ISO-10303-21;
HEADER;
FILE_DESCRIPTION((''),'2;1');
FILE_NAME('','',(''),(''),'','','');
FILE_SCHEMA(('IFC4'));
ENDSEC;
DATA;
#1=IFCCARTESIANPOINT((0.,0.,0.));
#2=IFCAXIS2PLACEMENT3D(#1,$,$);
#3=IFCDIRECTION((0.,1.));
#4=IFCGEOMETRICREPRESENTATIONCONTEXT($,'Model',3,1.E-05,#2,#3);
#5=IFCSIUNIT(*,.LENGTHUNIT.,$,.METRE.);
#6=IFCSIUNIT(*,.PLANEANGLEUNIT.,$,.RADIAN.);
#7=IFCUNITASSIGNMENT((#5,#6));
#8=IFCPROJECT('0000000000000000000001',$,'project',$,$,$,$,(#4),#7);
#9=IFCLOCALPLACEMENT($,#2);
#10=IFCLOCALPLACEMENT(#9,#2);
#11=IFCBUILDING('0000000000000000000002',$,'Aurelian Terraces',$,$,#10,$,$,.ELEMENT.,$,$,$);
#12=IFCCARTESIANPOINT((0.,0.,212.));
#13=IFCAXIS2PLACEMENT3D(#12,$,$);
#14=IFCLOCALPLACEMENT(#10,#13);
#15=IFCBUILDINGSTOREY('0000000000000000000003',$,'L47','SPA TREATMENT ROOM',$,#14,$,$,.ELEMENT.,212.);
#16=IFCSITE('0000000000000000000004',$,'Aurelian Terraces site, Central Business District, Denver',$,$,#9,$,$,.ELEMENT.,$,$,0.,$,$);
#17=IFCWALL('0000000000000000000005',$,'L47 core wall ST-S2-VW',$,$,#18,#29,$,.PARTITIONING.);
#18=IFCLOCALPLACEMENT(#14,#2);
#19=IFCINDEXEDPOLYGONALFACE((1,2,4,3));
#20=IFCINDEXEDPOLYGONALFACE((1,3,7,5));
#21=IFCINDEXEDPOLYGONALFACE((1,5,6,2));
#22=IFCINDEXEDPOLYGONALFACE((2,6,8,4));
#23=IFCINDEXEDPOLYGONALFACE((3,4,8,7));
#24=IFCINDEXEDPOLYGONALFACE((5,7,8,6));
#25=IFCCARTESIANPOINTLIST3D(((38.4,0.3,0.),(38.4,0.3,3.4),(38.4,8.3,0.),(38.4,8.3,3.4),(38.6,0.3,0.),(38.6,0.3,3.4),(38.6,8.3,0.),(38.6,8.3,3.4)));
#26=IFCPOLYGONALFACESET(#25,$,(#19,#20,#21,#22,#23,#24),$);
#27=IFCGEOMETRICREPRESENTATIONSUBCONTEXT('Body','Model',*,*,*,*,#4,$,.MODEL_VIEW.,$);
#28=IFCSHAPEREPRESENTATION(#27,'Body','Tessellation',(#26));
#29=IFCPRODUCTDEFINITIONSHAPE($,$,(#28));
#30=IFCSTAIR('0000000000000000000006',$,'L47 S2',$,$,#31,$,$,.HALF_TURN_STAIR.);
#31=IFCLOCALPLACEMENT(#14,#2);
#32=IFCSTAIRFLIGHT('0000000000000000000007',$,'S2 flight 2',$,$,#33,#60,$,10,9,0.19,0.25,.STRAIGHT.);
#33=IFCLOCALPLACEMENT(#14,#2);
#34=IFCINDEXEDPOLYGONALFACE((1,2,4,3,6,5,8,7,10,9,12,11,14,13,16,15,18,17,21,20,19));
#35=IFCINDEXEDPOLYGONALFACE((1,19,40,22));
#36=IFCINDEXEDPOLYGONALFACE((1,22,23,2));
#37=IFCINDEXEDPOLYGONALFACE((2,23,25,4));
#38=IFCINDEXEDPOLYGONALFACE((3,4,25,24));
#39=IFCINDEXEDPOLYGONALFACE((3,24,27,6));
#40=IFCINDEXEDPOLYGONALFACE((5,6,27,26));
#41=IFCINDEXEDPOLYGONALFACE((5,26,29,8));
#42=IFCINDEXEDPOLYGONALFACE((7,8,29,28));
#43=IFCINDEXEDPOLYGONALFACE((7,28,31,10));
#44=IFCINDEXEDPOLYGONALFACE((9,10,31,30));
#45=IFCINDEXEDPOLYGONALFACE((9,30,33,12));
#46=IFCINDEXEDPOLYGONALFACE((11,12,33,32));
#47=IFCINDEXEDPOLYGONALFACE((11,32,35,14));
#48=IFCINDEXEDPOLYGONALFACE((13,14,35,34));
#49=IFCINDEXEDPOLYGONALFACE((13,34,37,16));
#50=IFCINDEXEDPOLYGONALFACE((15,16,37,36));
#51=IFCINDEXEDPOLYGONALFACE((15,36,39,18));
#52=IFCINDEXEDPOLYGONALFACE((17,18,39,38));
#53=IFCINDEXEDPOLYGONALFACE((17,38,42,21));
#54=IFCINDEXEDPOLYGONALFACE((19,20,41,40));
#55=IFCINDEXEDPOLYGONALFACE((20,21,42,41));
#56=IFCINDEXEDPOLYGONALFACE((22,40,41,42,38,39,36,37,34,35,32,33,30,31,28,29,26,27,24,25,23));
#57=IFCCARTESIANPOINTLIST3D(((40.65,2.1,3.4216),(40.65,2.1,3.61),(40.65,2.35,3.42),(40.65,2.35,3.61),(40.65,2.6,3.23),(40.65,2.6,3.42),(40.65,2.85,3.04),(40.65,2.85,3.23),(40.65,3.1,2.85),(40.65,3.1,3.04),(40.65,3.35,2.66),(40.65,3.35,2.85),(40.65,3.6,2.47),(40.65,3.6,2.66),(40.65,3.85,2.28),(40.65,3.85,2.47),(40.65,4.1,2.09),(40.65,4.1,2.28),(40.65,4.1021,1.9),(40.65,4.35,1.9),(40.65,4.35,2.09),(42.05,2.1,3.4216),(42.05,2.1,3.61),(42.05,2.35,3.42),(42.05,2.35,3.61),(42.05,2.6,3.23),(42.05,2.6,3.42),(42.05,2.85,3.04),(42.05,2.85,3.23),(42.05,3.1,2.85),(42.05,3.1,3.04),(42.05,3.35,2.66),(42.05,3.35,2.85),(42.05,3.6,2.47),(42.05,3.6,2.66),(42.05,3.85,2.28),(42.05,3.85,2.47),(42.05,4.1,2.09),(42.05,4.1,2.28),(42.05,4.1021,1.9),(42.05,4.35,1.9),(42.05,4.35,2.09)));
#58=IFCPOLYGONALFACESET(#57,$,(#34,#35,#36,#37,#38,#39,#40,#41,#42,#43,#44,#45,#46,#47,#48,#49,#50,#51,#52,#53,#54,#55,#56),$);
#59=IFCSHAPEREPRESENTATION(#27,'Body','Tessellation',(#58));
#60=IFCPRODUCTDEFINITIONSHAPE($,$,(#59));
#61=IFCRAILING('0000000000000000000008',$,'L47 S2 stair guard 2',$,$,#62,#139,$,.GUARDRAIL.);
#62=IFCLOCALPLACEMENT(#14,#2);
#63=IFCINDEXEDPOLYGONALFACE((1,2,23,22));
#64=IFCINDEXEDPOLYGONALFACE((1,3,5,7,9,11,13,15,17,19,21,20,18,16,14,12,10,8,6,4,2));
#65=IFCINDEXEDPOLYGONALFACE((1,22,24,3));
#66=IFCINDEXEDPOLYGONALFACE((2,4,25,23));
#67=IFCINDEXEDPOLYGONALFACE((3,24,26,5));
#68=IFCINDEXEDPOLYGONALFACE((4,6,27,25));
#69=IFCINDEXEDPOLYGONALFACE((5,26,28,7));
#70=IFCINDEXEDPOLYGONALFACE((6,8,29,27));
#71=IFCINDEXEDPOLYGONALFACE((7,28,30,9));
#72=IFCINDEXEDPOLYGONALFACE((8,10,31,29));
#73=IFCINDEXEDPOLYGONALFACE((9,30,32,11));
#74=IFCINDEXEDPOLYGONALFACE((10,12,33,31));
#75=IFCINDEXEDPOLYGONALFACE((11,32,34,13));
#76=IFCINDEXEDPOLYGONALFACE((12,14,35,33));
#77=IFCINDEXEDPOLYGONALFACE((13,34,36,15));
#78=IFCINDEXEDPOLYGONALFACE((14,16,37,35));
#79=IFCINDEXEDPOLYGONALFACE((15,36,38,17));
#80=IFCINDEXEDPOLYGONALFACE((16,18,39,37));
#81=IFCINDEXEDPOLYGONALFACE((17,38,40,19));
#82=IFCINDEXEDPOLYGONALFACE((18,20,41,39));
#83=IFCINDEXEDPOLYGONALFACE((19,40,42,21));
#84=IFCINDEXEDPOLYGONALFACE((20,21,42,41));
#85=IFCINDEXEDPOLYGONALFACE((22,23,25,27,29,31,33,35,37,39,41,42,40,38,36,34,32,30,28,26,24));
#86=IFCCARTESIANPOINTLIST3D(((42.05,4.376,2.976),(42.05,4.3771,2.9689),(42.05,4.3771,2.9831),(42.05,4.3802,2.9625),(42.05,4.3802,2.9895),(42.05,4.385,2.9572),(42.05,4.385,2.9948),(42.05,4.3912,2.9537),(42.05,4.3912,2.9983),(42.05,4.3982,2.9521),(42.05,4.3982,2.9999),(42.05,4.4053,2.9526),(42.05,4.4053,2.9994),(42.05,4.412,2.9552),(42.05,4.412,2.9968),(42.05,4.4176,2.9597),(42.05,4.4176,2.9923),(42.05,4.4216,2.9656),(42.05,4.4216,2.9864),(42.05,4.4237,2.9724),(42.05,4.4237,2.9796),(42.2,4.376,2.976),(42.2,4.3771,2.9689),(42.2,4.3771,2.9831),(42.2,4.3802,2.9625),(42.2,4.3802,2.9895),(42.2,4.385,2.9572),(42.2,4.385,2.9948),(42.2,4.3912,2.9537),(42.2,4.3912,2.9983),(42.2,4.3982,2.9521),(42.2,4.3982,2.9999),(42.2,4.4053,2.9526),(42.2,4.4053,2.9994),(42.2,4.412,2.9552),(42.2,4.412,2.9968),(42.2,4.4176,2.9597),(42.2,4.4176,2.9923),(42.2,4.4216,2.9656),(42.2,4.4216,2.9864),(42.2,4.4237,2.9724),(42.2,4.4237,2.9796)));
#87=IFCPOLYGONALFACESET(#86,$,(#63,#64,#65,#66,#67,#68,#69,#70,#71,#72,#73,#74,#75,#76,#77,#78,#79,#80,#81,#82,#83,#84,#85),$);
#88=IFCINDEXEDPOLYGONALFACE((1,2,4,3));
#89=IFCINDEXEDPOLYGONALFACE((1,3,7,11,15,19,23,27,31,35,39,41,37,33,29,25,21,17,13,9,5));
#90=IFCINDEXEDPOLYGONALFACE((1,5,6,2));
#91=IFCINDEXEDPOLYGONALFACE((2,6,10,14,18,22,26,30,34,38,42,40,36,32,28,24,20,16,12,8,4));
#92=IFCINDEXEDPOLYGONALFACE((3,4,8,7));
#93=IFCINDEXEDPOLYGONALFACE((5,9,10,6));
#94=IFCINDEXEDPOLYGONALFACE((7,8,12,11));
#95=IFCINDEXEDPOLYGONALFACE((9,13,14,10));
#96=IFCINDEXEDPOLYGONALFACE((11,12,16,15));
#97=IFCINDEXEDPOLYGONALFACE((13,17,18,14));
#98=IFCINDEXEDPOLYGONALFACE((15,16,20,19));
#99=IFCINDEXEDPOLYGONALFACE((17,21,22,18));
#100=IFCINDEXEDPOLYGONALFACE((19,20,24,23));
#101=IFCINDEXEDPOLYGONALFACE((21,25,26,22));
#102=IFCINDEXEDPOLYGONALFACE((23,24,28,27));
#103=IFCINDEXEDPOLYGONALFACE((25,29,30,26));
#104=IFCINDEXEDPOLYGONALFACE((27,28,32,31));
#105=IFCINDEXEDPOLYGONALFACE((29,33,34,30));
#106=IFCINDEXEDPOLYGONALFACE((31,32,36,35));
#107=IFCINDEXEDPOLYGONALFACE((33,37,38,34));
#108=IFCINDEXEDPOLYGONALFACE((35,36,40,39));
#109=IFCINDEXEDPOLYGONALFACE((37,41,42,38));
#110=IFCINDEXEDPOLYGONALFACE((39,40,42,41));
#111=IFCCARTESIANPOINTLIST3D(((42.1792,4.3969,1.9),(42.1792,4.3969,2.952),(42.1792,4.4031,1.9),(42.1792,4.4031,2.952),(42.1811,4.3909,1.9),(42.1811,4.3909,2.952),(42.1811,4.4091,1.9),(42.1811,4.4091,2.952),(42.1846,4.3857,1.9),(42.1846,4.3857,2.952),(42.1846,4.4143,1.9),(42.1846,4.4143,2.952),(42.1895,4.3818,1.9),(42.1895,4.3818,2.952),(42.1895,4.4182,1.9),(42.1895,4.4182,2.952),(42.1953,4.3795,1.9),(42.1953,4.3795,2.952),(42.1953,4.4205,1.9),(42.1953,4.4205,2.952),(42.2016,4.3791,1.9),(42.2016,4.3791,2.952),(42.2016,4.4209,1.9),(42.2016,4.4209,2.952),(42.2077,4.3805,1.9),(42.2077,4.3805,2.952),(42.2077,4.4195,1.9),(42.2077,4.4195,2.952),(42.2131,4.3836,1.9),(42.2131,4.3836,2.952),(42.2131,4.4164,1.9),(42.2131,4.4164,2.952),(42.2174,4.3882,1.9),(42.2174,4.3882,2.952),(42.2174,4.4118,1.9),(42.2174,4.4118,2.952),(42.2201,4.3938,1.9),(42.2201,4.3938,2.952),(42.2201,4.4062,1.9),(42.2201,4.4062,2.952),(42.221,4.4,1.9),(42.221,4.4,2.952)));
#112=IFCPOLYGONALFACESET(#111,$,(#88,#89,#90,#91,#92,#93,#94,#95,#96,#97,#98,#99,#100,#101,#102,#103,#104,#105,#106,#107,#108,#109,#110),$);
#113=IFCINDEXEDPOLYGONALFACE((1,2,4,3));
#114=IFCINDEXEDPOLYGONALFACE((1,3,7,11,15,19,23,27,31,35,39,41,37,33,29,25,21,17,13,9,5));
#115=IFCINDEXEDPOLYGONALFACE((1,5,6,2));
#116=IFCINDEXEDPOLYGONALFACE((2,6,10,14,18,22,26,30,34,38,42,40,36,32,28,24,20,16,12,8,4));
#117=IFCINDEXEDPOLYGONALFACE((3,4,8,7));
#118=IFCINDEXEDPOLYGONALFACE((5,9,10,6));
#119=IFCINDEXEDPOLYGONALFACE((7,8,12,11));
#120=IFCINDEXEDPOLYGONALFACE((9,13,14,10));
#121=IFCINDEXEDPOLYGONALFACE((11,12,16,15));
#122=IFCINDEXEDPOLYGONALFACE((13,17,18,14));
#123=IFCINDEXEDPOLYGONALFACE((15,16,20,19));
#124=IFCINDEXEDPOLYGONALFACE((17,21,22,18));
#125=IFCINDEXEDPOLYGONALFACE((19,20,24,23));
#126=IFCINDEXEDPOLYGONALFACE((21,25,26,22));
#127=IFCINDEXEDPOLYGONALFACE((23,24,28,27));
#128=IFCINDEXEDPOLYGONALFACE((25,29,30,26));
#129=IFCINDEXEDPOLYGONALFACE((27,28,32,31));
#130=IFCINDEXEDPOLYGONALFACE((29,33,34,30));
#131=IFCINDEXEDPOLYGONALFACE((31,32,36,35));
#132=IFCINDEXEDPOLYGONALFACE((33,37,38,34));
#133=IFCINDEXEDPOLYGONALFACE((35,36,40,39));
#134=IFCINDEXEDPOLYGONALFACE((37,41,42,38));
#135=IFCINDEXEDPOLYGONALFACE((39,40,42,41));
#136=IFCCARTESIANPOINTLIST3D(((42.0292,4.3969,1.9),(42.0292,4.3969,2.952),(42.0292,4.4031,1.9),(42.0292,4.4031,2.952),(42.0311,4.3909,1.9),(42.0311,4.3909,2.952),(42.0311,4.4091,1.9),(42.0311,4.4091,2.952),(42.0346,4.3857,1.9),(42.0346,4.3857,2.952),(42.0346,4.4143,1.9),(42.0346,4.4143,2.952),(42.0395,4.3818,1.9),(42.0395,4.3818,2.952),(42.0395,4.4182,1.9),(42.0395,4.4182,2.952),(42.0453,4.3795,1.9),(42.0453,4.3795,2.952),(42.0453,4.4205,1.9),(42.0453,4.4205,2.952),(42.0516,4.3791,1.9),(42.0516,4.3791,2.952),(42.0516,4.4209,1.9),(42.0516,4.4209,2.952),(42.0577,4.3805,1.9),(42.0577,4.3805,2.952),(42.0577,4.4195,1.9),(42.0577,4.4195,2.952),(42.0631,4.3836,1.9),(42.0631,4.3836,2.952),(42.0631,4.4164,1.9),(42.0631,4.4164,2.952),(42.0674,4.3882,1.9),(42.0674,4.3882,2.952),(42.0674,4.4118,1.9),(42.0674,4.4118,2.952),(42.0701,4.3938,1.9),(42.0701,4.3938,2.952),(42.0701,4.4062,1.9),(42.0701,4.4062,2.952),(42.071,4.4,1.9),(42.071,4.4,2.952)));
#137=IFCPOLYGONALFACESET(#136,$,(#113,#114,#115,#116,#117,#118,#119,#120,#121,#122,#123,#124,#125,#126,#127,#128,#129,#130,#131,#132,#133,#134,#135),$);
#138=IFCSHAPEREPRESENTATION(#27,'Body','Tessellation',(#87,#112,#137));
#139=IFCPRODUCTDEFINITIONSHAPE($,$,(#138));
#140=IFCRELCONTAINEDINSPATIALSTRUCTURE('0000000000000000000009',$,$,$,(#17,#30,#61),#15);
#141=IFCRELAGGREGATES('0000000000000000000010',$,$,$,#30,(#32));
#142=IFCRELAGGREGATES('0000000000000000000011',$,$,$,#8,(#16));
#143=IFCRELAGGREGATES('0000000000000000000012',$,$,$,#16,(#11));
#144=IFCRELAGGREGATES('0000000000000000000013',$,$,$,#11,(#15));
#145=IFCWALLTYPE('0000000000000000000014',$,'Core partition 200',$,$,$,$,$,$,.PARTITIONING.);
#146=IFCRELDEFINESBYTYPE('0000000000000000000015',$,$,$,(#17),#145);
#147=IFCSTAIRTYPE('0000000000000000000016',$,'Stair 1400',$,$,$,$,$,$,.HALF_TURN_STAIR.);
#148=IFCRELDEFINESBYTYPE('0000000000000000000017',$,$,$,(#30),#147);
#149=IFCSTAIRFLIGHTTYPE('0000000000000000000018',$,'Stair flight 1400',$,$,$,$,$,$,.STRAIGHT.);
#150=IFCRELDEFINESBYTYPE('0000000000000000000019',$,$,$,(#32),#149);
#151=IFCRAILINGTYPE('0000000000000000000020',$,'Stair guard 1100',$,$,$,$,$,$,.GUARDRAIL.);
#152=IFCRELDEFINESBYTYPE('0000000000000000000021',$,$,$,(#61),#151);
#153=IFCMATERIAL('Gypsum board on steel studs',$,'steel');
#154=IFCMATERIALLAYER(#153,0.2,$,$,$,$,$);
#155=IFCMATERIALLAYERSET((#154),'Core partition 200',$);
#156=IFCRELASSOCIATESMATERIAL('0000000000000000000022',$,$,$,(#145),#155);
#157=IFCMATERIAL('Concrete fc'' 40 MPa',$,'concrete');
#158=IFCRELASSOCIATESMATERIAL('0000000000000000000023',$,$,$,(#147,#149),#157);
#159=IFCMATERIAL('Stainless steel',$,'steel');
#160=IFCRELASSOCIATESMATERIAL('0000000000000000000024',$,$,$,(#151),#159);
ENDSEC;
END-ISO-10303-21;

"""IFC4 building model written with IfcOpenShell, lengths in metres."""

from ifc_helpers import new_model, si_unit, direction, frame, frame_2d, origin, origin_2d, place, context, subcontext, project, spatial, polyline, rectangle, circle, outline, extrude, source, transform, mapped, material, layer, layer_set, type_object, element, aggregate, save


model = new_model("IFC4")

# Units and contexts
model_context = context("Model", 3, precision=1e-05, world=origin(), true_north=direction((0.0, 1.0)))
body_context = subcontext(model_context, "Body", "Model", "MODEL_VIEW")
ifc_project = project(units=[si_unit("LENGTHUNIT", "METRE"), si_unit("PLANEANGLEUNIT", "RADIAN")], contexts=[model_context])

# Site, building, storey
site_placement = place(None, origin())
site = spatial("IfcSite", under=ifc_project, at=site_placement, Name="Aurelian Terraces site, Central Business District, Denver", CompositionType="ELEMENT", RefElevation=0.0)
building_placement = place(site_placement, origin())
building = spatial("IfcBuilding", under=site, at=building_placement, Name="Aurelian Terraces", CompositionType="ELEMENT")
storey_placement = place(building_placement, frame((0.0, 0.0, 212.0)))
storey = spatial("IfcBuildingStorey", under=building, at=storey_placement, Name="L47", Description="SPA TREATMENT ROOM", CompositionType="ELEMENT", Elevation=212.0)

# Shared definitions
ifc_material_1 = material(Name="Concrete fc' 40 MPa", Category="concrete")

# Shared definitions
ifc_material_2 = material(Name="Gypsum board on steel studs", Category="steel")
ifc_layer_1 = layer(ifc_material_2, 0.2)
ifc_layer_set_1 = layer_set([ifc_layer_1], Name="Core partition 200")
wall_type_1 = type_object("IfcWallType", Name="Core partition 200", PredefinedType="PARTITIONING", material=ifc_layer_set_1)

# Wall
shared_shape_1 = source(origin(), body_context, "Body", "SweptSolid", [
    extrude(rectangle(XDim=8.0, YDim=0.2, at=frame_2d((4.0, 0.0))), origin(), (0.0, 0.0, 1.0), 3.4),
])
wall_1_placement = place(storey_placement, frame((38.5, 0.3, 0.0), z_axis=(0.0, 0.0, 1.0), x_axis=(0.0, 1.0, 0.0)))
element("IfcWall", 1, at=wall_1_placement, inside=storey, type_object=wall_type_1, Name="L47 core wall ST-S2-VW", PredefinedType="PARTITIONING", context=body_context, shape_type="MappedRepresentation", body=[
    mapped(shared_shape_1, transform((0.0, 0.0, 0.0), scale=1.0)),
])

# Stair, stair flight
stair_type = type_object("IfcStairType", Name="Stair 1400", PredefinedType="HALF_TURN_STAIR", material=ifc_material_1)
stair_placement = place(storey_placement, origin())
stair = element("IfcStair", 2, at=stair_placement, inside=storey, type_object=stair_type, Name="L47 S2", PredefinedType="HALF_TURN_STAIR")
stair_flight_type = type_object("IfcStairFlightType", Name="Stair flight 1400", PredefinedType="STRAIGHT", material=ifc_material_1)
shared_shape_2 = source(origin(), body_context, "Body", "SweptSolid", [
    extrude(outline(polyline([(0.0, 0.0), (0.0, 0.19), (0.25, 0.19), (0.25, 0.38), (0.5, 0.38), (0.5, 0.57), (0.75, 0.57), (0.75, 0.76), (1.0, 0.76), (1.0, 0.95), (1.25, 0.95), (1.25, 1.14), (1.5, 1.14), (1.5, 1.33), (1.75, 1.33), (1.75, 1.52), (2.0, 1.52), (2.0, 1.71), (2.25, 1.71), (2.25, 1.9), (2.25, 1.5216), (0.2479, 0.0), (0.0, 0.0)])), frame((0.0, 0.7, 0.0), z_axis=(0.0, -1.0, 0.0), x_axis=(1.0, 0.0, 0.0)), (0.0, 0.0, 1.0), 1.4),
])
stair_flight_placement = place(storey_placement, frame((41.35, 4.35, 1.9), z_axis=(0.0, 0.0, 1.0), x_axis=(0.0, -1.0, 0.0)))
stair_flight = element("IfcStairFlight", 3, at=stair_flight_placement, type_object=stair_flight_type, Name="S2 flight 2", NumberOfRisers=10, NumberOfTreads=9, PredefinedType="STRAIGHT", RiserHeight=0.19, TreadLength=0.25, context=body_context, shape_type="MappedRepresentation", body=[
    mapped(shared_shape_2, transform((0.0, 0.0, 0.0), scale=1.0)),
])
aggregate(stair, [stair_flight])

# Railing
ifc_material_3 = material(Name="Stainless steel", Category="steel")
railing_type_1 = type_object("IfcRailingType", Name="Stair guard 1100", PredefinedType="GUARDRAIL", material=ifc_material_3)
shared_shape_3 = source(origin(), body_context, "Body", "SweptSolid", [
    extrude(circle(Radius=0.024, at=origin_2d()), frame((0.0, 0.0, 1.076), z_axis=(-1.0, 0.0, 0.0), x_axis=(0.0, -1.0, 0.0)), (0.0, 0.0, 1.0), 0.15),
    extrude(circle(Radius=0.021, at=origin_2d()), origin(), (0.0, 0.0, 1.0), 1.052),
    extrude(circle(Radius=0.021, at=origin_2d()), frame((-0.15, 0.0, 0.0)), (0.0, 0.0, 1.0), 1.052),
])
for number, where, name in (
    (4, (42.2, 4.4, 1.9), "L47 S2 stair guard 2"),
):
    element("IfcRailing", number, at=place(storey_placement, frame(where)), inside=storey, type_object=railing_type_1, Name=name, PredefinedType="GUARDRAIL", context=body_context, shape_type="MappedRepresentation", body=[
        mapped(shared_shape_3, transform((0.0, 0.0, 0.0), scale=1.0)),
    ])

save(model, "model.ifc")
